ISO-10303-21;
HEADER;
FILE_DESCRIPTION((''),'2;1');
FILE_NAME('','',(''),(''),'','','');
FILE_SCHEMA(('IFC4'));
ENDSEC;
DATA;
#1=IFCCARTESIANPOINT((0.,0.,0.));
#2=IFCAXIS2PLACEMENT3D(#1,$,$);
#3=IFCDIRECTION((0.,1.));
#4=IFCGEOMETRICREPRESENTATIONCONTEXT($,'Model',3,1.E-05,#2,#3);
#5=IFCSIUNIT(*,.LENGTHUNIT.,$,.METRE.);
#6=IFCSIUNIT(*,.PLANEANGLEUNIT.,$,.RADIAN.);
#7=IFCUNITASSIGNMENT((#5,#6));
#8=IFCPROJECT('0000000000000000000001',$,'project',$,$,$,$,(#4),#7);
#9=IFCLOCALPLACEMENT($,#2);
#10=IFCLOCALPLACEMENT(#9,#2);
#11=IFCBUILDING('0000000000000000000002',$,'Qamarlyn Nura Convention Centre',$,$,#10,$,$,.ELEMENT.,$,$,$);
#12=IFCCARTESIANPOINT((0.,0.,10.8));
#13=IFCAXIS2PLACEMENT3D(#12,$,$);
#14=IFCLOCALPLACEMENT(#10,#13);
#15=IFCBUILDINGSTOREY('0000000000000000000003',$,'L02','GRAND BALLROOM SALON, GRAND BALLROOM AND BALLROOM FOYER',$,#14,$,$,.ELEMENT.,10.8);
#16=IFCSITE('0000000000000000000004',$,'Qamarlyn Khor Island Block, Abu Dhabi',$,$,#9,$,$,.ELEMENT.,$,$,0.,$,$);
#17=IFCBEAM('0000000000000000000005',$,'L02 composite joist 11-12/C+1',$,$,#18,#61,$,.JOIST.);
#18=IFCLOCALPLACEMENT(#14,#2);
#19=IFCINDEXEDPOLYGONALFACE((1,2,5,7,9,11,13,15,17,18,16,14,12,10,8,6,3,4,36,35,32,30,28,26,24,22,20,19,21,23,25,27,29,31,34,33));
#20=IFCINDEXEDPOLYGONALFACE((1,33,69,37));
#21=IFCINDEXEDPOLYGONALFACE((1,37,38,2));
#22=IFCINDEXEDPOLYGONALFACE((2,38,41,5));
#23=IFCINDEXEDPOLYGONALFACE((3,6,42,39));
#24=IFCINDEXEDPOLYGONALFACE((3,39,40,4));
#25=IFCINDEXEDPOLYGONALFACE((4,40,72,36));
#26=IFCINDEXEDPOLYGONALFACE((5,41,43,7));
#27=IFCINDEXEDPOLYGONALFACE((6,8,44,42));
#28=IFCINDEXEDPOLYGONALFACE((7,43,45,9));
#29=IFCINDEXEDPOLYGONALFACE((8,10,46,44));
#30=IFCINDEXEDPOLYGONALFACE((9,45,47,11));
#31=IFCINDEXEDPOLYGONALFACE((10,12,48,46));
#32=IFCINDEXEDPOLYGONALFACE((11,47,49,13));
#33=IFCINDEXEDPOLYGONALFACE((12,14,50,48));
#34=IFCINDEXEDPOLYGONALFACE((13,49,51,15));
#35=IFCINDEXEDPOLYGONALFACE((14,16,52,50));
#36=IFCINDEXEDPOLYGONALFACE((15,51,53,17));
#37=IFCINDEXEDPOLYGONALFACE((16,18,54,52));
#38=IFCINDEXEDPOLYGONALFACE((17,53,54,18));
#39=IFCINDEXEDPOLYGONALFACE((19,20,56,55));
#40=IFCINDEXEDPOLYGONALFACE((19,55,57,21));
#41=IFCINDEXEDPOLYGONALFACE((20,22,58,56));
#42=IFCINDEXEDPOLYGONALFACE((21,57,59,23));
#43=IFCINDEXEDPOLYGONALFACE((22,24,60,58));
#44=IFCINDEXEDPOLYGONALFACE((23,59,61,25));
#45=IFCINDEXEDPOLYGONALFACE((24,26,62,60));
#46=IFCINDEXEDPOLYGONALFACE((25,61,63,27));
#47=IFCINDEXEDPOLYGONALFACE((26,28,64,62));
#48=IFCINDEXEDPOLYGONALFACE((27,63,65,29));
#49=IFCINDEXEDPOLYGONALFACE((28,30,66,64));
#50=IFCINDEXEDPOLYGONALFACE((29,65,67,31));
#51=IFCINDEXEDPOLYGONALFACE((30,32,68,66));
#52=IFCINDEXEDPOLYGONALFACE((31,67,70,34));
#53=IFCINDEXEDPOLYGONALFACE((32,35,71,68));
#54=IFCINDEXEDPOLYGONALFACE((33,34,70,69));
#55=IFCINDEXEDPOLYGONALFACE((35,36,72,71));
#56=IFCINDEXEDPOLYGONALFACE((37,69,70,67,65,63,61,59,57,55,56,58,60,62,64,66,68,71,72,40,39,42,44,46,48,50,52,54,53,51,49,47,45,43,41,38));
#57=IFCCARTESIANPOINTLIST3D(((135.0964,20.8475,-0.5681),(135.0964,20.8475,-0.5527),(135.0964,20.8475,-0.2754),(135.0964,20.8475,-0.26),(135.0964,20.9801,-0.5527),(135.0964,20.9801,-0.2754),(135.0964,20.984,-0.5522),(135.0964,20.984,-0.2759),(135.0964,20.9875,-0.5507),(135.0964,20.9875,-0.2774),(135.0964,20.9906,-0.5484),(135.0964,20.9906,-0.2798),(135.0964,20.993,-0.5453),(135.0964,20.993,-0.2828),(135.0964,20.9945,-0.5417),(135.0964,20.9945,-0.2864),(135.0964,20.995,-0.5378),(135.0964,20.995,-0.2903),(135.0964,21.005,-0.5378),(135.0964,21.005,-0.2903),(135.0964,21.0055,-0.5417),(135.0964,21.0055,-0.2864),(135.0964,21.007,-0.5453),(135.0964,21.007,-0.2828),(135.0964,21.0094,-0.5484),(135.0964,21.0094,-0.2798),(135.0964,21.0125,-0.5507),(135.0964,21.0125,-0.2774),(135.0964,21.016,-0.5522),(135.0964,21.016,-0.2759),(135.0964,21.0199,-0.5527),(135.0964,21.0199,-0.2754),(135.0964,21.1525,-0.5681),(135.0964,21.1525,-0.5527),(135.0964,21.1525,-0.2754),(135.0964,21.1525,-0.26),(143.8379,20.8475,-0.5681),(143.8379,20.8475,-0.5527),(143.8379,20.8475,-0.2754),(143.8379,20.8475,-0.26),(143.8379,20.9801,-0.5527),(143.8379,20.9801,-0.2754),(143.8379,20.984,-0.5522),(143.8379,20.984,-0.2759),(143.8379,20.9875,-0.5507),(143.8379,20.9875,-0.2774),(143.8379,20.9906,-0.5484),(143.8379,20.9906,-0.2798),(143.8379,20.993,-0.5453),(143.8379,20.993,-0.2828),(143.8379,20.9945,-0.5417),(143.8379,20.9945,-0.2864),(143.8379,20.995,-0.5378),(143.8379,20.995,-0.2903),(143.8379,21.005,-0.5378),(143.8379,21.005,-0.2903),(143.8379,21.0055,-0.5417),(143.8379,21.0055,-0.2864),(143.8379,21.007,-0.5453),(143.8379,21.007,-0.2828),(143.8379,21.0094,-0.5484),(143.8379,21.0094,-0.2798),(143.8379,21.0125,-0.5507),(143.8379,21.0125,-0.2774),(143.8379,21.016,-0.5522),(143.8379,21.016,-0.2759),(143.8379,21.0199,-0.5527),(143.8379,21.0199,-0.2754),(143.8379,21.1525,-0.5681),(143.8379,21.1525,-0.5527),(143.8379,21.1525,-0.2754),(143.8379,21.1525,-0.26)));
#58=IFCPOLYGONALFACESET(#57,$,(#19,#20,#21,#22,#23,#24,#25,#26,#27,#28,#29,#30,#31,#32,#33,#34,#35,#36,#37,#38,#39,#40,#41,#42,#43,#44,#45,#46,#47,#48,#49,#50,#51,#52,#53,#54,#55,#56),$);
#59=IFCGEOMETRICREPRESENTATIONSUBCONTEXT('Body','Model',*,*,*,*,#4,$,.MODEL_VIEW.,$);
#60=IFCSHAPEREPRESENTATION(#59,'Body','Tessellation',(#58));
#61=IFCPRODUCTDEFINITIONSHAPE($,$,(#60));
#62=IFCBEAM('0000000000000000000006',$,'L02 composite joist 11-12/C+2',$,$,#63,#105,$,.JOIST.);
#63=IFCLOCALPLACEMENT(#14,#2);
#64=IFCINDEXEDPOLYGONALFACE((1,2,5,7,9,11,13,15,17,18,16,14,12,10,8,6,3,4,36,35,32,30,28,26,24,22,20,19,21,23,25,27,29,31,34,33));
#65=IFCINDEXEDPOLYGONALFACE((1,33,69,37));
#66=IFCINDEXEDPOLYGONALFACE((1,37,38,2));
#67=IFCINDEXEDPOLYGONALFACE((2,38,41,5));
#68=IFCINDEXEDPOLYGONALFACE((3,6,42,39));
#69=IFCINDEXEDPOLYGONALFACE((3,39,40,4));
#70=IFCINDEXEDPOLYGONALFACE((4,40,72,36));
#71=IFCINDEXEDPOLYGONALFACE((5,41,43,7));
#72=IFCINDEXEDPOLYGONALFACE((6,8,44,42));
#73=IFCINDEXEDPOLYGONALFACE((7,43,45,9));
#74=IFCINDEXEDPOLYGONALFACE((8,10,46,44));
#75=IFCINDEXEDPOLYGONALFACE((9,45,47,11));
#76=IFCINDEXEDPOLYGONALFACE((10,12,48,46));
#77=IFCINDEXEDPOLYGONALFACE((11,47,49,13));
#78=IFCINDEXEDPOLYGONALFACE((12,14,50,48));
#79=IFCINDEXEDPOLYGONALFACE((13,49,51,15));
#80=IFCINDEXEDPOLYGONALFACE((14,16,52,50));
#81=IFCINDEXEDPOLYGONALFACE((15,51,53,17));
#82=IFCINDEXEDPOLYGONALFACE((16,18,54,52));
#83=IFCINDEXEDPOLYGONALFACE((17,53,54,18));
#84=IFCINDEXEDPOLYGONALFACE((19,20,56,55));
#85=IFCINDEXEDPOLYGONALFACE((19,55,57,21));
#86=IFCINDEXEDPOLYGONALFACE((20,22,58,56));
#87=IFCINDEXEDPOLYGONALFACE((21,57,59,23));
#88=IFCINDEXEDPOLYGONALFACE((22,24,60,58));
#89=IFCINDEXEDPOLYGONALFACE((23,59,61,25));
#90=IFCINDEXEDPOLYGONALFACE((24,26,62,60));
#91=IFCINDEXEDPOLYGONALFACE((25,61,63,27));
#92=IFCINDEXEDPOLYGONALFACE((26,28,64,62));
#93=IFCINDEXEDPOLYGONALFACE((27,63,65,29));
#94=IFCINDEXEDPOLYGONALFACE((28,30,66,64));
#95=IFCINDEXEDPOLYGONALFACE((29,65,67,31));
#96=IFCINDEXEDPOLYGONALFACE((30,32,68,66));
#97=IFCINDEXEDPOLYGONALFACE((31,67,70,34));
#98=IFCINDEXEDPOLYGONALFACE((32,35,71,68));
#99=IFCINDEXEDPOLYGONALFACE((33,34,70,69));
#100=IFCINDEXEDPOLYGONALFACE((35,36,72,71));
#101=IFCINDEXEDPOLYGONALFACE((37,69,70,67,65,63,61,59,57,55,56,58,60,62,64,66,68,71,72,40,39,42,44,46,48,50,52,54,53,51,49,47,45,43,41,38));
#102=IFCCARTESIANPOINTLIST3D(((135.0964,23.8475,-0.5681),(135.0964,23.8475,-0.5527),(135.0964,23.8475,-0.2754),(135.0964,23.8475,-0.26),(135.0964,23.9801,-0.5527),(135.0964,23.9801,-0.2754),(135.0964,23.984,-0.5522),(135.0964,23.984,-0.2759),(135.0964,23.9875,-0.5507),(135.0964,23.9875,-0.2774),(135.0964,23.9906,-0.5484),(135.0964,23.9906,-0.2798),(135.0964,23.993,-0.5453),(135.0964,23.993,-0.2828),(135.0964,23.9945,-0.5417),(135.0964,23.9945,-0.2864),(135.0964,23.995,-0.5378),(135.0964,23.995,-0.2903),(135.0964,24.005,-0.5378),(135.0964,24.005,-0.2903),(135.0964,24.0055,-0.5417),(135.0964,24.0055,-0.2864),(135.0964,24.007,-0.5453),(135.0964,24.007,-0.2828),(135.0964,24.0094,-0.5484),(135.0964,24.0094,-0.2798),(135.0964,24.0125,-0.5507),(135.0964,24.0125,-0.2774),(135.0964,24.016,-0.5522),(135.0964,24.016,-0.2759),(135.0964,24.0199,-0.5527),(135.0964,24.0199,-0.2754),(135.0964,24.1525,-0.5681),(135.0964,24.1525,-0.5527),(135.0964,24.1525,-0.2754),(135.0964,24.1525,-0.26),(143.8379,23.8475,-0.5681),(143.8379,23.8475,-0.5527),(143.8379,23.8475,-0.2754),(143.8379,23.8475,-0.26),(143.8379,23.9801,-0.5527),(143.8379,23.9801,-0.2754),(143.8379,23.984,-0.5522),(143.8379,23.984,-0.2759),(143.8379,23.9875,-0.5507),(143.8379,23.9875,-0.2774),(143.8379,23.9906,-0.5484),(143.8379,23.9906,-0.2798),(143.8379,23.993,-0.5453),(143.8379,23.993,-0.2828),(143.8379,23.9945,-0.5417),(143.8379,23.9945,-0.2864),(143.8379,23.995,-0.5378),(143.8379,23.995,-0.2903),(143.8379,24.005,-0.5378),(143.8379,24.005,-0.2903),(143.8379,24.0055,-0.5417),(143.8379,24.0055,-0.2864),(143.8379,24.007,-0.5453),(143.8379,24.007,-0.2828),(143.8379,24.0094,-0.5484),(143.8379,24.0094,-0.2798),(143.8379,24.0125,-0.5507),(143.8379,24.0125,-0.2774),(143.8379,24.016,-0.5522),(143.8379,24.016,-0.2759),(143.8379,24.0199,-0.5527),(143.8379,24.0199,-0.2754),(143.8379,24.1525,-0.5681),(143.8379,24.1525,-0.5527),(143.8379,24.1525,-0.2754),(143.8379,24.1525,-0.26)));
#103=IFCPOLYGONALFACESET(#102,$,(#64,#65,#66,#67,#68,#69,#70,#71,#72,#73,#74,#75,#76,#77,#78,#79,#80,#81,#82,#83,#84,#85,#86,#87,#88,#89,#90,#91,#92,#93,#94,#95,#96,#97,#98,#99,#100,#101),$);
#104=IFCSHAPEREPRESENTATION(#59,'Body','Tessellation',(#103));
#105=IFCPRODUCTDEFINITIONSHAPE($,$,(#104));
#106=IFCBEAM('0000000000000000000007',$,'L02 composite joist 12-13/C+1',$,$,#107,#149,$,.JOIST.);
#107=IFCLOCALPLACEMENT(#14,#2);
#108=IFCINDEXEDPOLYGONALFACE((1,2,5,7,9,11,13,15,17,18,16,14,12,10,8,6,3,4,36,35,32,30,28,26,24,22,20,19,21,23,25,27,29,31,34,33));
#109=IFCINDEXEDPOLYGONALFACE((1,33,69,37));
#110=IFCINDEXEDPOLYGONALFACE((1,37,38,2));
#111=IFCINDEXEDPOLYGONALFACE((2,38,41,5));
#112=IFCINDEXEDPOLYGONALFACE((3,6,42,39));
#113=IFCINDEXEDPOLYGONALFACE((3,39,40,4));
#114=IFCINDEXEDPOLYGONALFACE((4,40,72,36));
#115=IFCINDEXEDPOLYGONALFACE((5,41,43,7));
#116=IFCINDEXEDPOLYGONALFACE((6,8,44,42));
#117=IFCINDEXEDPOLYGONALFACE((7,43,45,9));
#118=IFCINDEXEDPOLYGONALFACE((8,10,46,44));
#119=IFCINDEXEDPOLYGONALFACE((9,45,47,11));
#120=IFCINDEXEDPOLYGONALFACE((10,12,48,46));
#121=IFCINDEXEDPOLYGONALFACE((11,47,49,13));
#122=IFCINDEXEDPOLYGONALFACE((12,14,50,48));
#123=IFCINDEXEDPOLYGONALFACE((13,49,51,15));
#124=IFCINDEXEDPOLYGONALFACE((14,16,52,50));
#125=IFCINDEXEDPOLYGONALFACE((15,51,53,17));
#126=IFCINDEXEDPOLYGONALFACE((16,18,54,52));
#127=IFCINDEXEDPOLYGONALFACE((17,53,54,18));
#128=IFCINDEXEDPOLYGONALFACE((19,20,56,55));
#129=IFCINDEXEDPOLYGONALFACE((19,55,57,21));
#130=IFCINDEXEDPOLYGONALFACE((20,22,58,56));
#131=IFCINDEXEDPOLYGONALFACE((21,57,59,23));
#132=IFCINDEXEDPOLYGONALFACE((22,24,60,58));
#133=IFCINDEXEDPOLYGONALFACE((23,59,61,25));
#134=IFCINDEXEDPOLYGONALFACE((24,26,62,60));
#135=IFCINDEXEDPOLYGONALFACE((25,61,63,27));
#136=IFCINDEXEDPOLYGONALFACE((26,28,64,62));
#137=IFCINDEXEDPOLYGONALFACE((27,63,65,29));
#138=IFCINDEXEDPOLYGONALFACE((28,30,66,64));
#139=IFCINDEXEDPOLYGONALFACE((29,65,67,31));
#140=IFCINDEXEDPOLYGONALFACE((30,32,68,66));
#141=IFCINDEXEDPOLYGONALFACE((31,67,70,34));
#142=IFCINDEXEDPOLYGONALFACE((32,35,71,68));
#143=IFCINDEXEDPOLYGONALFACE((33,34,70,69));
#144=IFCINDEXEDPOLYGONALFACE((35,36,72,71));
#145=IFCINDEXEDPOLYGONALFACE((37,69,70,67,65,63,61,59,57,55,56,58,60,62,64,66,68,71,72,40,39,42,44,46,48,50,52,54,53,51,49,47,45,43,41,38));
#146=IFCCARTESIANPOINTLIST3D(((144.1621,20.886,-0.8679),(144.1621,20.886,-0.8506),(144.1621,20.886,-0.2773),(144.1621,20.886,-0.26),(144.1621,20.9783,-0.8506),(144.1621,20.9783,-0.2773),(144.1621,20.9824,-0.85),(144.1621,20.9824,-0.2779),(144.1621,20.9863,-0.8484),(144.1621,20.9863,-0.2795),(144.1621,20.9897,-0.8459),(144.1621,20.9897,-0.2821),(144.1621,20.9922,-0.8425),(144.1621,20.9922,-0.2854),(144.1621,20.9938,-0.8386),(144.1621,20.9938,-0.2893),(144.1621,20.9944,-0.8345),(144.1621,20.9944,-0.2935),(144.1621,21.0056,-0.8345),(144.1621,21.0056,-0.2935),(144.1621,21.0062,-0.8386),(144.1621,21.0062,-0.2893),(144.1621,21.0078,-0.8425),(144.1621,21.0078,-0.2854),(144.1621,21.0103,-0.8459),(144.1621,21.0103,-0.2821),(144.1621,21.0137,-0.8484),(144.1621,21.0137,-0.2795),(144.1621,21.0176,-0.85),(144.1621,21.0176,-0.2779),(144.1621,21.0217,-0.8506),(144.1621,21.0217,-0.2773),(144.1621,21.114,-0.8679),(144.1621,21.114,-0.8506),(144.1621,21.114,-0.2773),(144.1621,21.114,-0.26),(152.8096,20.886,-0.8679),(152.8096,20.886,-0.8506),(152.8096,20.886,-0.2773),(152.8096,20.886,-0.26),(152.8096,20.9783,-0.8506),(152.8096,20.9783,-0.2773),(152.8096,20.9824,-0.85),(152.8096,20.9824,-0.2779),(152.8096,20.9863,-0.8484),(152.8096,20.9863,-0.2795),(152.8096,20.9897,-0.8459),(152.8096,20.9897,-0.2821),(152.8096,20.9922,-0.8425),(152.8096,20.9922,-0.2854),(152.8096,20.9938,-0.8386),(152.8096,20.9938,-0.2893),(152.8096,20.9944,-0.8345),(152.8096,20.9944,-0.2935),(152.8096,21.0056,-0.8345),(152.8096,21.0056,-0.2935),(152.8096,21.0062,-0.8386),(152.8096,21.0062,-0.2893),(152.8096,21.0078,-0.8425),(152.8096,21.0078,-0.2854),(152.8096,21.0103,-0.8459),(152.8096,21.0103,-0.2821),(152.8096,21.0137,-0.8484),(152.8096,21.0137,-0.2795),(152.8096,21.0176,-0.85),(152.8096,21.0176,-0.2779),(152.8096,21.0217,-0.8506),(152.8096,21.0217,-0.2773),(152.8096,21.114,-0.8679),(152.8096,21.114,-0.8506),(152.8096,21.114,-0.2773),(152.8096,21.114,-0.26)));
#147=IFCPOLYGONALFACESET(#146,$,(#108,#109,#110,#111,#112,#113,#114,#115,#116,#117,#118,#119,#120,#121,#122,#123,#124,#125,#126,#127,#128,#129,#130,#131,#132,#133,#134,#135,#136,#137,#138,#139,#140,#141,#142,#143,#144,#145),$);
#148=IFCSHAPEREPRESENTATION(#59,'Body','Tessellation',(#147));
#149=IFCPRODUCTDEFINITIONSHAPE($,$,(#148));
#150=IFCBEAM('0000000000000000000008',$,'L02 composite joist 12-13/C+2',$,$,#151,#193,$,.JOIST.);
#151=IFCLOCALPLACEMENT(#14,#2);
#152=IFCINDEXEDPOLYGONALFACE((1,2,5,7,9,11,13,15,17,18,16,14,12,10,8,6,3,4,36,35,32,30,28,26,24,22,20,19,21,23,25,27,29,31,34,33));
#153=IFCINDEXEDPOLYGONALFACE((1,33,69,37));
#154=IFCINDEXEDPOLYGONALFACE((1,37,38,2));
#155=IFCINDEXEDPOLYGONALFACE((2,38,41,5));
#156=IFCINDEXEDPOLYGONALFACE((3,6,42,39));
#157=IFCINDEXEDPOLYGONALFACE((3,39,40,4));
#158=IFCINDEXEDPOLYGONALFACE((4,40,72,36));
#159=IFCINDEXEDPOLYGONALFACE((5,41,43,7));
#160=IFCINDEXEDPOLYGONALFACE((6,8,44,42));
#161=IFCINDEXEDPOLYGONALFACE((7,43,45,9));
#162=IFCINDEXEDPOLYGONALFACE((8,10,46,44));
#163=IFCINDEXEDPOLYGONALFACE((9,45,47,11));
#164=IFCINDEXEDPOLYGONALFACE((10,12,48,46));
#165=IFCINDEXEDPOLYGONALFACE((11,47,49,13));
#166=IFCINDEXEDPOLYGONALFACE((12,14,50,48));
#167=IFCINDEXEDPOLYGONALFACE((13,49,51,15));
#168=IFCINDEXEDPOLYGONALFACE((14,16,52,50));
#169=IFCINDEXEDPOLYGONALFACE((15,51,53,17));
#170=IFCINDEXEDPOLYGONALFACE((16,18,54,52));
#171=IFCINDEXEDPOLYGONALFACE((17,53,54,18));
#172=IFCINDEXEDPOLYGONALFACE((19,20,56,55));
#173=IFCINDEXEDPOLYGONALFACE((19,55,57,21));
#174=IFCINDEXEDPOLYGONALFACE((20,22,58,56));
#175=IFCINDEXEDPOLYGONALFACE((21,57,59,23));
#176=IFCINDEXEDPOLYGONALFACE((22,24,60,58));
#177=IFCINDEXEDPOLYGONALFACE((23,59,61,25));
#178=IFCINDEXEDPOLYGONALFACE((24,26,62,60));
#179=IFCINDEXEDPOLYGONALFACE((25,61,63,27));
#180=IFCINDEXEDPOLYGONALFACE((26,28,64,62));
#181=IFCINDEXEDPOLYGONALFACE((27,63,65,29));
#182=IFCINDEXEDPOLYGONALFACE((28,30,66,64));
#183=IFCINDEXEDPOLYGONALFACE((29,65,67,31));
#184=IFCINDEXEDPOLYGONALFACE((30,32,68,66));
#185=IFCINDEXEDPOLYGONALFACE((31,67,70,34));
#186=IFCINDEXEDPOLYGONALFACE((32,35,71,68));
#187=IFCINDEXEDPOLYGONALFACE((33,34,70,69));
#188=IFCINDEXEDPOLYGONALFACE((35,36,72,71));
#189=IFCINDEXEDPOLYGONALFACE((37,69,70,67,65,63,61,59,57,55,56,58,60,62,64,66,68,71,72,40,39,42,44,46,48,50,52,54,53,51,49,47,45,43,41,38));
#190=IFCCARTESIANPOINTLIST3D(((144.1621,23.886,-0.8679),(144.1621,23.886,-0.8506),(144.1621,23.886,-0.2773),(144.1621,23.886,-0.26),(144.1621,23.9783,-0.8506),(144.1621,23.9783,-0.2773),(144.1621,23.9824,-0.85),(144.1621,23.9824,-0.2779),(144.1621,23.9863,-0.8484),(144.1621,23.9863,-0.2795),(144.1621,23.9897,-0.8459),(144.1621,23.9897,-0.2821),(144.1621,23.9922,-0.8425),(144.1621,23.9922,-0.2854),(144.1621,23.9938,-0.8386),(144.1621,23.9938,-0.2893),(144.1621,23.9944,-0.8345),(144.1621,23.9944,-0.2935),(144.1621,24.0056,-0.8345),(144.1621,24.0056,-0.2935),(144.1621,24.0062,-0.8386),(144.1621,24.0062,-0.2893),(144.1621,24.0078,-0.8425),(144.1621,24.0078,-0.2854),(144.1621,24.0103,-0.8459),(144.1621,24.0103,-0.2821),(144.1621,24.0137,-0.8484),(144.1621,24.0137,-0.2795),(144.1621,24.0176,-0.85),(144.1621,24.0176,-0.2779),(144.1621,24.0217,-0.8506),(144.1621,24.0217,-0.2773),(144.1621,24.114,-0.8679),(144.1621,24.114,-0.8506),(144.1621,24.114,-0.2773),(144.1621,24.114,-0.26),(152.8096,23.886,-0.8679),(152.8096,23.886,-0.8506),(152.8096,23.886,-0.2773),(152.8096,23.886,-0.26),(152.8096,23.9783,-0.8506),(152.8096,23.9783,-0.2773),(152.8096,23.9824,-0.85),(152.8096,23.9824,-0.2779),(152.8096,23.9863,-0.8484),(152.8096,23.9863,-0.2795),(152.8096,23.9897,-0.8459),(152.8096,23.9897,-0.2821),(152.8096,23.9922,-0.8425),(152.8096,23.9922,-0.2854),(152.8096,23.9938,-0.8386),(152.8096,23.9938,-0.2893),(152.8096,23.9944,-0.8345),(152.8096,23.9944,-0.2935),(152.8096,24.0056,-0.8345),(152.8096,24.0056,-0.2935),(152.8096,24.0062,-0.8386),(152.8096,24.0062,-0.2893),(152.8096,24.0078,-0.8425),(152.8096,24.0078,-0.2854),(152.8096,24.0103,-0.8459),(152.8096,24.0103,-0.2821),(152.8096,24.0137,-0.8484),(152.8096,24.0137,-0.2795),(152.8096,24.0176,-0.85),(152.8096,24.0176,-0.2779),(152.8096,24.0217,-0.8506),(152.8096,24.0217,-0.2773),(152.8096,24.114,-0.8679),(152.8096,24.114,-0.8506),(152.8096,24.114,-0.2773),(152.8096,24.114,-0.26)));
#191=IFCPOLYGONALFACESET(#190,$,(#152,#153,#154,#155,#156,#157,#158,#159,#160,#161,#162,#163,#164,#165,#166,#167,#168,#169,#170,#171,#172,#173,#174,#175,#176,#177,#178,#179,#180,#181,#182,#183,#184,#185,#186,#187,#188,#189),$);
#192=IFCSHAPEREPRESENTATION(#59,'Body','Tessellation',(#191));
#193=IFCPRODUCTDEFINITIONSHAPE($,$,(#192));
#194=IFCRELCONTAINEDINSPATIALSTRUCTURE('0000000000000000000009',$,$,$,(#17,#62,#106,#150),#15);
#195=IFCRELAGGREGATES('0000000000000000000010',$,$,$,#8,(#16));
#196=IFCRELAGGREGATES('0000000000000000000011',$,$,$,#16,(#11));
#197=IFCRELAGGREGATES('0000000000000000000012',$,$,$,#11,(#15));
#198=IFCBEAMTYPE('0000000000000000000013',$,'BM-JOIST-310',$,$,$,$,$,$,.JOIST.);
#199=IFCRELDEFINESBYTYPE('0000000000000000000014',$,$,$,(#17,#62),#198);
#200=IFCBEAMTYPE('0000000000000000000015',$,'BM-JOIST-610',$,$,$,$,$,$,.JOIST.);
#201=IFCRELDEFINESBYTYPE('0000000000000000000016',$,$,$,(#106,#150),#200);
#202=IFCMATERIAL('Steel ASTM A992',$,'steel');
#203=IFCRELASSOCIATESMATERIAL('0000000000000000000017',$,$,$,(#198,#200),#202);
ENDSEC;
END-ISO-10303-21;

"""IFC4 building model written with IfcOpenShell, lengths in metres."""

from ifc_helpers import new_model, si_unit, direction, frame, origin, origin_2d, place, context, subcontext, project, spatial, i_section, extrude, material, material_profile, profile_set, type_object, element, save


model = new_model("IFC4")

# Units and contexts
model_context = context("Model", 3, precision=1e-05, world=origin(), true_north=direction((0.0, 1.0)))
body_context = subcontext(model_context, "Body", "Model", "MODEL_VIEW")
ifc_project = project(units=[si_unit("LENGTHUNIT", "METRE"), si_unit("PLANEANGLEUNIT", "RADIAN")], contexts=[model_context])

# Site, building, storey
site_placement = place(None, origin())
site = spatial("IfcSite", under=ifc_project, at=site_placement, Name="Qamarlyn Khor Island Block, Abu Dhabi", CompositionType="ELEMENT", RefElevation=0.0)
building_placement = place(site_placement, origin())
building = spatial("IfcBuilding", under=site, at=building_placement, Name="Qamarlyn Nura Convention Centre", CompositionType="ELEMENT")
storey_placement = place(building_placement, frame((0.0, 0.0, 10.8)))
storey = spatial("IfcBuildingStorey", under=building, at=storey_placement, Name="L02", Description="GRAND BALLROOM SALON, GRAND BALLROOM AND BALLROOM FOYER", CompositionType="ELEMENT", Elevation=10.8)

# Beams
ifc_material_1 = material(Name="Steel ASTM A992", Category="steel")
ifc_material_profile_1 = material_profile(ifc_material_1, i_section(OverallWidth=0.3049, OverallDepth=0.3081, WebThickness=0.01, FlangeThickness=0.0154, FilletRadius=0.0149, at=origin_2d()), Name="W310X97")
ifc_profile_set_1 = profile_set([ifc_material_profile_1], Name="Steel ASTM A992")
beam_type_1 = type_object("IfcBeamType", Name="BM-JOIST-310", PredefinedType="JOIST", material=ifc_profile_set_1)
for number, where, z_axis, x_axis, name in (
    (1, (135.0964, 21.0, -0.4141), (1.0, 0.0, 0.0), (0.0, 1.0, 0.0), "L02 composite joist 11-12/C+1"),
    (2, (135.0964, 24.0, -0.4141), (1.0, 0.0, 0.0), (0.0, 1.0, 0.0), "L02 composite joist 11-12/C+2"),
):
    element("IfcBeam", number, at=place(storey_placement, frame(where, z_axis=z_axis, x_axis=x_axis)), inside=storey, type_object=beam_type_1, Name=name, PredefinedType="JOIST", context=body_context, shape_type="SweptSolid", body=[
        extrude(i_section(OverallWidth=0.3049, OverallDepth=0.3081, WebThickness=0.01, FlangeThickness=0.0154, FilletRadius=0.0149, at=origin_2d()), origin(), (0.0, 0.0, 1.0), 8.7415),
    ])
ifc_material_profile_2 = material_profile(ifc_material_1, i_section(OverallWidth=0.228, OverallDepth=0.6079, WebThickness=0.0112, FlangeThickness=0.0173, FilletRadius=0.0161, at=origin_2d()), Name="W610X113")
ifc_profile_set_2 = profile_set([ifc_material_profile_2], Name="Steel ASTM A992")
beam_type_2 = type_object("IfcBeamType", Name="BM-JOIST-610", PredefinedType="JOIST", material=ifc_profile_set_2)
for number, where, z_axis, x_axis, name in (
    (3, (144.1621, 21.0, -0.564), (1.0, 0.0, 0.0), (0.0, 1.0, 0.0), "L02 composite joist 12-13/C+1"),
    (4, (144.1621, 24.0, -0.564), (1.0, 0.0, 0.0), (0.0, 1.0, 0.0), "L02 composite joist 12-13/C+2"),
):
    element("IfcBeam", number, at=place(storey_placement, frame(where, z_axis=z_axis, x_axis=x_axis)), inside=storey, type_object=beam_type_2, Name=name, PredefinedType="JOIST", context=body_context, shape_type="SweptSolid", body=[
        extrude(i_section(OverallWidth=0.228, OverallDepth=0.6079, WebThickness=0.0112, FlangeThickness=0.0173, FilletRadius=0.0161, at=origin_2d()), origin(), (0.0, 0.0, 1.0), 8.6475),
    ])

save(model, "model.ifc")
